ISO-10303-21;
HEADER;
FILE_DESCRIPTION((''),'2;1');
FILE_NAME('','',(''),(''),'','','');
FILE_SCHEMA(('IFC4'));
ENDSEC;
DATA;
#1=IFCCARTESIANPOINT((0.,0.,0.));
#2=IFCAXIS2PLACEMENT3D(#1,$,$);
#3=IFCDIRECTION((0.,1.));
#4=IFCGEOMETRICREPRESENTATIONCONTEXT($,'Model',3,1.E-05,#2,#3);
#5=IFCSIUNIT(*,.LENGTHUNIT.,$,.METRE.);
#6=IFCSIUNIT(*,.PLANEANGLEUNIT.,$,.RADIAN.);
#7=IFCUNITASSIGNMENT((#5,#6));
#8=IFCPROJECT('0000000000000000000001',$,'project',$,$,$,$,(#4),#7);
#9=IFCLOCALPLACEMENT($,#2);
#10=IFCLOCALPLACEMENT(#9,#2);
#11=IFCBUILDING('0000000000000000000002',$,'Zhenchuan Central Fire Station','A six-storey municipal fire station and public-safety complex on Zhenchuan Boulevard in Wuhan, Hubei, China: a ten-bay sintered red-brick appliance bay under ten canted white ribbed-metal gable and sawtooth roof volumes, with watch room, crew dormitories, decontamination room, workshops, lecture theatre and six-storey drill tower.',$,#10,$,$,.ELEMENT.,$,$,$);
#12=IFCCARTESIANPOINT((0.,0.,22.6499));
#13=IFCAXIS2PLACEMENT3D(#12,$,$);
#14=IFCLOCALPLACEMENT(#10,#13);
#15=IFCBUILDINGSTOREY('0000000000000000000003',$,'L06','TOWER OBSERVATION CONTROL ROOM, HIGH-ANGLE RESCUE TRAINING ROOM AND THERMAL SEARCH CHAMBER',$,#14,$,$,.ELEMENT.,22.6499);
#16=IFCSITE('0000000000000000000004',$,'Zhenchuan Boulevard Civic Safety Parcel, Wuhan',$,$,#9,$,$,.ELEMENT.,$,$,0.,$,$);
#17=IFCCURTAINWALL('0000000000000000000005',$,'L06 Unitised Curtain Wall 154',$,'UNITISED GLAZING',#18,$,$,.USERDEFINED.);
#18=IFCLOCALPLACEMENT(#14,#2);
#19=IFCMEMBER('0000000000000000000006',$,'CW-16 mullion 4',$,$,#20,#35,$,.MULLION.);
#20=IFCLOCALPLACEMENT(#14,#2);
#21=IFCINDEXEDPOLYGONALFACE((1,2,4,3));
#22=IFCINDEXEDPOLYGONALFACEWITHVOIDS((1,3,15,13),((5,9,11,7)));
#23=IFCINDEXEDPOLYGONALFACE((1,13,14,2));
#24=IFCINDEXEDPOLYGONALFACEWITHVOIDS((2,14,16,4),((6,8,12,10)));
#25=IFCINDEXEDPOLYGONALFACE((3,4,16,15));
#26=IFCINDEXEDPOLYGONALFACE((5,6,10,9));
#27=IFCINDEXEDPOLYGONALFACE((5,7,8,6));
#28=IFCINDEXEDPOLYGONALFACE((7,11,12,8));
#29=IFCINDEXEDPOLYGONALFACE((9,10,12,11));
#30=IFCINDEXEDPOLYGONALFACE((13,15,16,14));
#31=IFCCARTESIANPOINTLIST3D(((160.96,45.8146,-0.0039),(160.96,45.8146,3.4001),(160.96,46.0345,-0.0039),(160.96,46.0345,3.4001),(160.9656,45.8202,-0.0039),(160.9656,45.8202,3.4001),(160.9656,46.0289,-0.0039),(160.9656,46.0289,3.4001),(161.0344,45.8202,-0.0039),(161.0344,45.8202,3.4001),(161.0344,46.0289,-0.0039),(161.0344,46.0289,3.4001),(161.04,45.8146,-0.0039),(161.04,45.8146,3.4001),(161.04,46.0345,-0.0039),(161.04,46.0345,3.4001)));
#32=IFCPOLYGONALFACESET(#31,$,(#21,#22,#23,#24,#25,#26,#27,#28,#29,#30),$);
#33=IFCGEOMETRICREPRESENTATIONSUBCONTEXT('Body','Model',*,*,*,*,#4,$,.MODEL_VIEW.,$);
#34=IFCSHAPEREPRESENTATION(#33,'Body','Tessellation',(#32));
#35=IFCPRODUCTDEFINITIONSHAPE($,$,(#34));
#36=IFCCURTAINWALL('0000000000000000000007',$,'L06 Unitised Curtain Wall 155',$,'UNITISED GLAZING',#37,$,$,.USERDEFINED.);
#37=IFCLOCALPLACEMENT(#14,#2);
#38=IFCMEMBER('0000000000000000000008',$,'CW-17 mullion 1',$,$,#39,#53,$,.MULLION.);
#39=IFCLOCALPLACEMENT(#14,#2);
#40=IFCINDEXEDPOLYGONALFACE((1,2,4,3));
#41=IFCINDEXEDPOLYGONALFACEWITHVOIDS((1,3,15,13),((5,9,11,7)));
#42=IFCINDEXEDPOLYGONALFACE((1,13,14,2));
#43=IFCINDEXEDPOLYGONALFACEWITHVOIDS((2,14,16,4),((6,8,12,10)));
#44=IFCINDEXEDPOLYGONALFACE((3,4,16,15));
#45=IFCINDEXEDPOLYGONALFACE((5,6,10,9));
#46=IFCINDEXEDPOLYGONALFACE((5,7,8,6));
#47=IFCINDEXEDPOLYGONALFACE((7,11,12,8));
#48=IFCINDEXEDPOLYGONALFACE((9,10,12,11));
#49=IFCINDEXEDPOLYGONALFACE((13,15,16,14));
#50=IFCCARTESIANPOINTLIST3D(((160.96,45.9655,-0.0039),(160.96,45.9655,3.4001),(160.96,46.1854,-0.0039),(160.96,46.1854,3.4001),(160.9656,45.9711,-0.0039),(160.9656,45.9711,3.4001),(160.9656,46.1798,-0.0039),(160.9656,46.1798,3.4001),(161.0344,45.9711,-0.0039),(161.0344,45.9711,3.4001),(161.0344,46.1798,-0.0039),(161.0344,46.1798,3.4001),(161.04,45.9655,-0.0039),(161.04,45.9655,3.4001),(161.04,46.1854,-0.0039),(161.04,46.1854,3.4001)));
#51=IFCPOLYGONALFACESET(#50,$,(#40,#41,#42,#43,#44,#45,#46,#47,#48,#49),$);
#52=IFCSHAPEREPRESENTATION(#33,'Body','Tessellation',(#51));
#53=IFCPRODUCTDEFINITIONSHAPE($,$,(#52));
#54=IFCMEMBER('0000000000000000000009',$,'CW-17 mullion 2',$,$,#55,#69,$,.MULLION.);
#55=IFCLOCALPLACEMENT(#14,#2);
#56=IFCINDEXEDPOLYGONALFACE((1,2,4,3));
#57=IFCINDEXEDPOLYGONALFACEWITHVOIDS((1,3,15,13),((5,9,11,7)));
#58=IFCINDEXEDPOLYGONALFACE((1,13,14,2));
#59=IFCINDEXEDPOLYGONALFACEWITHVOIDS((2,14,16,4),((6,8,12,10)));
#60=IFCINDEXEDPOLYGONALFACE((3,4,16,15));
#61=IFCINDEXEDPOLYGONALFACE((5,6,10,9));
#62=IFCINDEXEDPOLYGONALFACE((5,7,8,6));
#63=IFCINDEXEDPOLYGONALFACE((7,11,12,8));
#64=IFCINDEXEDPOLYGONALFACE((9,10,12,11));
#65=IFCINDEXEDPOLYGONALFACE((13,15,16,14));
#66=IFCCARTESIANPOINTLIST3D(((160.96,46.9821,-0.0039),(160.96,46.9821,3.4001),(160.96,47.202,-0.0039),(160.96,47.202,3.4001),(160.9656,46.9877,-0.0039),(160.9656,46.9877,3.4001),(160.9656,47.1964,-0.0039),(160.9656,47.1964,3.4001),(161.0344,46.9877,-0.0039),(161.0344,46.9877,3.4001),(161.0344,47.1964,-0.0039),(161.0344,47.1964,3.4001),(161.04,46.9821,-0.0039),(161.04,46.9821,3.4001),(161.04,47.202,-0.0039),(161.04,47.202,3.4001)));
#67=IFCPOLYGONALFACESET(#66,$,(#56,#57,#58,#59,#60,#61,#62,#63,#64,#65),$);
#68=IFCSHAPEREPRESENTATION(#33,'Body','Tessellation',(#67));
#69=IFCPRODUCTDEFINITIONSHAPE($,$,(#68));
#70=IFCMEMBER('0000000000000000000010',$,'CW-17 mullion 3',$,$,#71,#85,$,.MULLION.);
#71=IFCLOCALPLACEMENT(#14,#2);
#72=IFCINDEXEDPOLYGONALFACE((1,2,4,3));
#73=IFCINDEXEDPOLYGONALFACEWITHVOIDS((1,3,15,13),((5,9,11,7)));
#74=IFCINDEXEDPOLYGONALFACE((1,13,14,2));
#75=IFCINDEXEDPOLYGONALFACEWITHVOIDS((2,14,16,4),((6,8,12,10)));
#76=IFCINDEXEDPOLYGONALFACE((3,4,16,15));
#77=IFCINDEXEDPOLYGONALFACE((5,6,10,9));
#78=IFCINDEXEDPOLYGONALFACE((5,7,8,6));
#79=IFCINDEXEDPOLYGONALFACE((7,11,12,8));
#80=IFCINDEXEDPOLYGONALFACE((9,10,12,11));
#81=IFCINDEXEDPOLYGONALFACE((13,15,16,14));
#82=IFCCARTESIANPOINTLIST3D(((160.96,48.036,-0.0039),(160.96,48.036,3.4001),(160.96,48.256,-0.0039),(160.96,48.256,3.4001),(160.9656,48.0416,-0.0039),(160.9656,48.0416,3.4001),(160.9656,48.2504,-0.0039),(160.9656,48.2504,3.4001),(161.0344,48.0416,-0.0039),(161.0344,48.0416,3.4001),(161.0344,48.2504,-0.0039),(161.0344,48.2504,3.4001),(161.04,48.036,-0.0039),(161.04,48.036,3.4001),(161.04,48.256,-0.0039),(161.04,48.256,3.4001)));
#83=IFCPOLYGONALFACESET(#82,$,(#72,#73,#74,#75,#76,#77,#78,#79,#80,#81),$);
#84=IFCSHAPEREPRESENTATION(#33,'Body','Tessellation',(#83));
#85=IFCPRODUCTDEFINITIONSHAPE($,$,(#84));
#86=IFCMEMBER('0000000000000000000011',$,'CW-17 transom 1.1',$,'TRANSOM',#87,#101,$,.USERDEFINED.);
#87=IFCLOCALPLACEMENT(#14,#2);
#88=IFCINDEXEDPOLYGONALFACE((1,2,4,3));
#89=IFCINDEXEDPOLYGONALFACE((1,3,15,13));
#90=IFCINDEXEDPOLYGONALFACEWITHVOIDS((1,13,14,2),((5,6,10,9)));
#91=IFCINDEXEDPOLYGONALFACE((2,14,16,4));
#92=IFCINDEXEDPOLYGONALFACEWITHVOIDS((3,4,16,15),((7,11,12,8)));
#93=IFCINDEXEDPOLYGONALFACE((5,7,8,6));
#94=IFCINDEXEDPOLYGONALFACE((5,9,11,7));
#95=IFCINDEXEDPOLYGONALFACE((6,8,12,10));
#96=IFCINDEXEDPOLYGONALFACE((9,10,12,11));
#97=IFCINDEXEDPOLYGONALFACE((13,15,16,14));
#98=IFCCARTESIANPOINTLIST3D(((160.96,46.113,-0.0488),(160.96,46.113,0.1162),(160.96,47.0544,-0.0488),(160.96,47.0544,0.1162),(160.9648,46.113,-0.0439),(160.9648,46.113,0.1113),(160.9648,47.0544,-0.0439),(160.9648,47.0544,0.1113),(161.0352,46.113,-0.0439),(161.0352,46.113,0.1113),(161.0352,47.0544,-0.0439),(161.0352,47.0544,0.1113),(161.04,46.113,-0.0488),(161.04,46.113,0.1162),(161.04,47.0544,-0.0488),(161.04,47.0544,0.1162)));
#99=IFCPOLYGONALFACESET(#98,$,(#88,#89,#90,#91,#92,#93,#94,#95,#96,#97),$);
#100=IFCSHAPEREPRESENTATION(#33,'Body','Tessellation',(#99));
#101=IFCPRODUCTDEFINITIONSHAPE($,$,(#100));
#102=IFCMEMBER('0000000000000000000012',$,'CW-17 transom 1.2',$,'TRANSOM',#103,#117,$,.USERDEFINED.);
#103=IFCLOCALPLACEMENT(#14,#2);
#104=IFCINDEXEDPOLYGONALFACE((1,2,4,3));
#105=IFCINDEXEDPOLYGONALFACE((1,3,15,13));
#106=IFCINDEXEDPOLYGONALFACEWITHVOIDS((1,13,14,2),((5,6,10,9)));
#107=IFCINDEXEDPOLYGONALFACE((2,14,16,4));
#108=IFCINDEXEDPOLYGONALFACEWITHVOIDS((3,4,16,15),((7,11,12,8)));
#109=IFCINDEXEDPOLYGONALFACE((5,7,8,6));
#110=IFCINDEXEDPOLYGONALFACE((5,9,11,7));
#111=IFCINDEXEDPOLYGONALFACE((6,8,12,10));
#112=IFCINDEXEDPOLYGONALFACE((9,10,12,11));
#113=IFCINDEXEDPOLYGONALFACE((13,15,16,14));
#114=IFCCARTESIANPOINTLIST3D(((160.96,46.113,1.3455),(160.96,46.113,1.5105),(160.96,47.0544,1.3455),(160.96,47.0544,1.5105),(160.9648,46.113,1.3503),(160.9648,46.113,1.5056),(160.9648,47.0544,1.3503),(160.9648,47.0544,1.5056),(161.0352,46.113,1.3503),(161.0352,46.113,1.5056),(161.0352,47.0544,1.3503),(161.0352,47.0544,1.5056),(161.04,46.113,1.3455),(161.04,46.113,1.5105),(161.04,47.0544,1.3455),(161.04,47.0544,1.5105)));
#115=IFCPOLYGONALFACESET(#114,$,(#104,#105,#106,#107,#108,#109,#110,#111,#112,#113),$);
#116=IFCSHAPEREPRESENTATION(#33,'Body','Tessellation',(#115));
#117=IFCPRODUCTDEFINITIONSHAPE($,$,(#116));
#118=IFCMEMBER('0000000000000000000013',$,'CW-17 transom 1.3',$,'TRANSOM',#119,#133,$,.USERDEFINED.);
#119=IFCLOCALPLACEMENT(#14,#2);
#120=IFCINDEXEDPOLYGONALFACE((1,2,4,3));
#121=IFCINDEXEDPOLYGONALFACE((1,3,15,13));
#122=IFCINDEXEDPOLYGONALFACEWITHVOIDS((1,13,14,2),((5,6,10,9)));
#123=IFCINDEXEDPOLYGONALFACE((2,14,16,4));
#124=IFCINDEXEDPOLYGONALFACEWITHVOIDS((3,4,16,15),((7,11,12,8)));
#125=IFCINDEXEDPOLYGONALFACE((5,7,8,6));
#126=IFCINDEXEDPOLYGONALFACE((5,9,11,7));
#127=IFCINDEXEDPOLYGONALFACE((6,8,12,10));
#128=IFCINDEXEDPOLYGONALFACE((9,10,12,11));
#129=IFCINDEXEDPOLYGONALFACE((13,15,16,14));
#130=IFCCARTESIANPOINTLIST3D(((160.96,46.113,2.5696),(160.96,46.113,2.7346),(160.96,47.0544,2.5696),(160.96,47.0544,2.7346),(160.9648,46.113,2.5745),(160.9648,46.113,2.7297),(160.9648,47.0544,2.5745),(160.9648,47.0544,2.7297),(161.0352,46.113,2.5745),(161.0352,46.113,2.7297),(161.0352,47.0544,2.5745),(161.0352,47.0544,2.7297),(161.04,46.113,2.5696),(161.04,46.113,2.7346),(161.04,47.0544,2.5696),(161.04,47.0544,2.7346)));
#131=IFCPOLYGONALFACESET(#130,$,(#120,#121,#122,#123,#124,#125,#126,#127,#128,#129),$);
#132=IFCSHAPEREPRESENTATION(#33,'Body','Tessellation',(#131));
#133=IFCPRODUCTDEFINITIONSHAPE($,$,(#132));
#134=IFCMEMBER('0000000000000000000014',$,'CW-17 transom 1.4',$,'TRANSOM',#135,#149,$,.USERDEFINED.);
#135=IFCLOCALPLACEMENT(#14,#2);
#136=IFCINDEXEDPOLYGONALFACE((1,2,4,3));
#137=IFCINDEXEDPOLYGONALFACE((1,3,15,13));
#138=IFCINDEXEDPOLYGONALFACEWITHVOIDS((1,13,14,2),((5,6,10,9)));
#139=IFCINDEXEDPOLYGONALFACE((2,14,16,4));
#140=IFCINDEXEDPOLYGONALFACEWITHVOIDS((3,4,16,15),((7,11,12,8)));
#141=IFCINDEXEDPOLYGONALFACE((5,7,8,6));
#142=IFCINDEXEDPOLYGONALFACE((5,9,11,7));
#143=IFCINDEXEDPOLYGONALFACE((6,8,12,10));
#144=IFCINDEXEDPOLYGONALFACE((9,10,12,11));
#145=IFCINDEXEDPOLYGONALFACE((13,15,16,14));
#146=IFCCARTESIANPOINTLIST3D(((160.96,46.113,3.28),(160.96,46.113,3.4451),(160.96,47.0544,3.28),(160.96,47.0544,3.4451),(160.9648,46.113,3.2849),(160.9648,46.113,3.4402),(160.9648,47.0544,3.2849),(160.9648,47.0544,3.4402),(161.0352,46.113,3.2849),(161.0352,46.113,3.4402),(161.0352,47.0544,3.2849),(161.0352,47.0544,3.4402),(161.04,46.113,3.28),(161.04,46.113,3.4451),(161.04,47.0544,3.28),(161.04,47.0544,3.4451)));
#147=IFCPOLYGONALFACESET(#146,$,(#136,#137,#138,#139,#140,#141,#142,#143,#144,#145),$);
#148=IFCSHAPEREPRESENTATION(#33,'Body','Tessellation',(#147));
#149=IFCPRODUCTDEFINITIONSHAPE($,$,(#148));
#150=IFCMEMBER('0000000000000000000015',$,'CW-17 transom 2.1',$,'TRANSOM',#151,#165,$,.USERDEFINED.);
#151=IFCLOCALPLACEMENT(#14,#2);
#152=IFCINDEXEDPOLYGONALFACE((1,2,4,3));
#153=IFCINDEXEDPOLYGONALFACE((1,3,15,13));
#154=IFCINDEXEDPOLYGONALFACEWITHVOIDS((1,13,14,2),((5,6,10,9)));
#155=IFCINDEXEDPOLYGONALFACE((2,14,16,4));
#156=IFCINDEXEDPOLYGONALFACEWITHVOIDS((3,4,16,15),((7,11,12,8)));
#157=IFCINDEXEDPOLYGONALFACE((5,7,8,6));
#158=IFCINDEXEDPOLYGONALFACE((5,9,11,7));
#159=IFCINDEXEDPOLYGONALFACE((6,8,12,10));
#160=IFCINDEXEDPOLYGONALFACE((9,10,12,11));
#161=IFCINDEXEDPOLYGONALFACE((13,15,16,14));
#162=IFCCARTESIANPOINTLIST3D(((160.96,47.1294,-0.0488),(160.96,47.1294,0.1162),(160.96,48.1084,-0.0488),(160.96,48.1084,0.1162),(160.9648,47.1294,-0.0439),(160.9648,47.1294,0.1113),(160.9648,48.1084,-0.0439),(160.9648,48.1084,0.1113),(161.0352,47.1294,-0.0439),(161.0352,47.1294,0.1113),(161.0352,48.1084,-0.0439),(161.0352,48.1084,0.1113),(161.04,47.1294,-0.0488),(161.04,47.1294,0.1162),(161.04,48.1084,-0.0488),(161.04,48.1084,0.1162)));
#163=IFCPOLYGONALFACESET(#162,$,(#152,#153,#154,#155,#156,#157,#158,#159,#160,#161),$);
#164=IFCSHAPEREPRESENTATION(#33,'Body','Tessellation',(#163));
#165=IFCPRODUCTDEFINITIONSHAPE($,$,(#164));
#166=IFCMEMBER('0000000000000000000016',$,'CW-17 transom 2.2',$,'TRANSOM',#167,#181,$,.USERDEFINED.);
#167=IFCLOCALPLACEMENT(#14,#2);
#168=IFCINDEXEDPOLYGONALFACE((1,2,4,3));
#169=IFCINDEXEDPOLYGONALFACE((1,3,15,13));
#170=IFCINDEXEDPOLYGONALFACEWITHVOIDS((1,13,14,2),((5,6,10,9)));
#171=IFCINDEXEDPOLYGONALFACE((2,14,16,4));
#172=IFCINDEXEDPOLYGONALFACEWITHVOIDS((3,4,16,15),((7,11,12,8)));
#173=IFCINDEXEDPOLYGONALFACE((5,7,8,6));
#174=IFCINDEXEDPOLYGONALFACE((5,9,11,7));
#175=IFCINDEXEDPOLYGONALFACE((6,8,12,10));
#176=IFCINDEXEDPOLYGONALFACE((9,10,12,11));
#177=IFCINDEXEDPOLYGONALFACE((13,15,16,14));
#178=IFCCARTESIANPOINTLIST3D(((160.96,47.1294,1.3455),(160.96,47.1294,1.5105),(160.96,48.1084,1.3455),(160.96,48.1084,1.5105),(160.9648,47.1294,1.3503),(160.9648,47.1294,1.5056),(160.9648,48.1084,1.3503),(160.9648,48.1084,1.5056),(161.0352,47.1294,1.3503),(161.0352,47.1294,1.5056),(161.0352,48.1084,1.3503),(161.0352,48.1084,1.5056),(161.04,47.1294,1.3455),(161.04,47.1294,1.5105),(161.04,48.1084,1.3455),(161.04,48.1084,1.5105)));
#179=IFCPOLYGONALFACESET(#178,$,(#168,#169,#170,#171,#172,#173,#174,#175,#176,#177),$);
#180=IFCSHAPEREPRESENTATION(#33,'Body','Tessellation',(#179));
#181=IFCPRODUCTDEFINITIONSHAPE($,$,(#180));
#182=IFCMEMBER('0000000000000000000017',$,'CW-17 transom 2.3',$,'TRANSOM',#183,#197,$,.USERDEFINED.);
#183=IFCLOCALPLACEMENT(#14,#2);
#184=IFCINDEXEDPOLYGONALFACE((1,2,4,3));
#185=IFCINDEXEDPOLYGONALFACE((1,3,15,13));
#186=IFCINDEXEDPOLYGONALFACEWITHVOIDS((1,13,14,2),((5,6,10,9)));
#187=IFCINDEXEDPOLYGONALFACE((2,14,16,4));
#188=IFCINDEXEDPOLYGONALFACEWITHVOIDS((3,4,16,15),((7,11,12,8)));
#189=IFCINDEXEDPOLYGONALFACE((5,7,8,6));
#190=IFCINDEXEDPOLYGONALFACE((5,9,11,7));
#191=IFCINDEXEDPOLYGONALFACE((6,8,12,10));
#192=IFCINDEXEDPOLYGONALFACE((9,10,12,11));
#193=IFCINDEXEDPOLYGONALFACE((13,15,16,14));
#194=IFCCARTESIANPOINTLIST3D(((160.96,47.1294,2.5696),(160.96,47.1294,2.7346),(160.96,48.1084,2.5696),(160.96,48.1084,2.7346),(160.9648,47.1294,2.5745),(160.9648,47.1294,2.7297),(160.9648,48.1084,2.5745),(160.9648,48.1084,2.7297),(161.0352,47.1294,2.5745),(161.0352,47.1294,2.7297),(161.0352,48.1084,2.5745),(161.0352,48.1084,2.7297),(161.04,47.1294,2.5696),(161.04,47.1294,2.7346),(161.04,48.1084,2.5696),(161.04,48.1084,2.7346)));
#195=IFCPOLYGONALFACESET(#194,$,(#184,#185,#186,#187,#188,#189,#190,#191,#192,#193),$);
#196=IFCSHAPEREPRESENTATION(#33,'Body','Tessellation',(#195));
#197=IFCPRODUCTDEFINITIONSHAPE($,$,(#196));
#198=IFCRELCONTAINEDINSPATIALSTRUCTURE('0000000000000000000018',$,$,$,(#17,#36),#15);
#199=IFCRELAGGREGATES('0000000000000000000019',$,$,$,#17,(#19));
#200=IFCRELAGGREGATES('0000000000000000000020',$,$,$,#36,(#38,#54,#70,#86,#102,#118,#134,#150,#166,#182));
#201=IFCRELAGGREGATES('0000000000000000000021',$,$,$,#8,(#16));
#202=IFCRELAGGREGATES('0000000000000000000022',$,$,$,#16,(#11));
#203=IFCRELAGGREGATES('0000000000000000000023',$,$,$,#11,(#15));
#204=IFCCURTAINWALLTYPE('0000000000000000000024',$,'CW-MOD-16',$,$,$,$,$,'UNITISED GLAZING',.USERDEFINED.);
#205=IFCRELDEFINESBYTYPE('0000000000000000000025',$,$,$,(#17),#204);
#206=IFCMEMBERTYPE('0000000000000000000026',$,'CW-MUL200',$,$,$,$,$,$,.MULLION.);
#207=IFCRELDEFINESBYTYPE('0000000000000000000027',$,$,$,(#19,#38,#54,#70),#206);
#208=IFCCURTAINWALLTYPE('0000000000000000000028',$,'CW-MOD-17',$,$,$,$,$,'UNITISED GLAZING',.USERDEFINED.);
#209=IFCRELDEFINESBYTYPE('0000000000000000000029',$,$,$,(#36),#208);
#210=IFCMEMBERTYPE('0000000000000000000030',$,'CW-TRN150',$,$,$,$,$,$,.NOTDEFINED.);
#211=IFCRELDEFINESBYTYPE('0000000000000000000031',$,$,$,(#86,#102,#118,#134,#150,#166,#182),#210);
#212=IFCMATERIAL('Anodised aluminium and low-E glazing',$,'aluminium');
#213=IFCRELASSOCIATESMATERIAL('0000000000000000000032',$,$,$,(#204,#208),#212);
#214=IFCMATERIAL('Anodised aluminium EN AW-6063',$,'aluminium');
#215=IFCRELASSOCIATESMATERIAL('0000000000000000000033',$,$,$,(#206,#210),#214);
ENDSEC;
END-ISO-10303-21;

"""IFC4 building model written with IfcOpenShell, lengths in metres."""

from ifc_helpers import new_model, si_unit, direction, frame, origin, origin_2d, place, context, subcontext, project, spatial, hollow_rectangle, extrude, material, material_profile, profile_set, type_object, element, aggregate, save


model = new_model("IFC4")

# Units and contexts
model_context = context("Model", 3, precision=1e-05, world=origin(), true_north=direction((0.0, 1.0)))
body_context = subcontext(model_context, "Body", "Model", "MODEL_VIEW")
ifc_project = project(units=[si_unit("LENGTHUNIT", "METRE"), si_unit("PLANEANGLEUNIT", "RADIAN")], contexts=[model_context])

# Site, building, storey
site_placement = place(None, origin())
site = spatial("IfcSite", under=ifc_project, at=site_placement, Name="Zhenchuan Boulevard Civic Safety Parcel, Wuhan", CompositionType="ELEMENT", RefElevation=0.0)
building_placement = place(site_placement, origin())
building = spatial("IfcBuilding", under=site, at=building_placement, Name="Zhenchuan Central Fire Station", Description="A six-storey municipal fire station and public-safety complex on Zhenchuan Boulevard in Wuhan, Hubei, China: a ten-bay sintered red-brick appliance bay under ten canted white ribbed-metal gable and sawtooth roof volumes, with watch room, crew dormitories, decontamination room, workshops, lecture theatre and six-storey drill tower.", CompositionType="ELEMENT")
storey_placement = place(building_placement, frame((0.0, 0.0, 22.6499)))
storey = spatial("IfcBuildingStorey", under=building, at=storey_placement, Name="L06", Description="TOWER OBSERVATION CONTROL ROOM, HIGH-ANGLE RESCUE TRAINING ROOM AND THERMAL SEARCH CHAMBER", CompositionType="ELEMENT", Elevation=22.6499)

# Curtain wall, member
ifc_material_1 = material(Name="Anodised aluminium and low-E glazing", Category="aluminium")
curtain_wall_type_1 = type_object("IfcCurtainWallType", Name="CW-MOD-16", ElementType="UNITISED GLAZING", PredefinedType="USERDEFINED", material=ifc_material_1)
curtain_wall_1_placement = place(storey_placement, origin())
curtain_wall_1 = element("IfcCurtainWall", 1, at=curtain_wall_1_placement, inside=storey, type_object=curtain_wall_type_1, Name="L06 Unitised Curtain Wall 154", ObjectType="UNITISED GLAZING", PredefinedType="USERDEFINED")
ifc_material_2 = material(Name="Anodised aluminium EN AW-6063", Category="aluminium")
ifc_material_profile_1 = material_profile(ifc_material_2, hollow_rectangle(XDim=0.0801, YDim=0.22, WallThickness=0.0056, at=origin_2d()), Name="ALU-M 220x80")
ifc_profile_set_1 = profile_set([ifc_material_profile_1], Name="Anodised aluminium EN AW-6063")
member_type_1 = type_object("IfcMemberType", Name="CW-MUL200", PredefinedType="MULLION", material=ifc_profile_set_1)
member_1_placement = place(storey_placement, frame((161.0, 45.9246, -0.0039), z_axis=(0.0, 0.0, 1.0), x_axis=(-1.0, 0.0, 0.0)))
member_1 = element("IfcMember", 2, at=member_1_placement, type_object=member_type_1, Name="CW-16 mullion 4", PredefinedType="MULLION", context=body_context, shape_type="SweptSolid", body=[
    extrude(hollow_rectangle(XDim=0.0801, YDim=0.22, WallThickness=0.0056, at=origin_2d()), origin(), (0.0, 0.0, 1.0), 3.4041),
])

# Curtain wall, members
curtain_wall_type_2 = type_object("IfcCurtainWallType", Name="CW-MOD-17", ElementType="UNITISED GLAZING", PredefinedType="USERDEFINED", material=ifc_material_1)
curtain_wall_2_placement = place(storey_placement, origin())
curtain_wall_2 = element("IfcCurtainWall", 3, at=curtain_wall_2_placement, inside=storey, type_object=curtain_wall_type_2, Name="L06 Unitised Curtain Wall 155", ObjectType="UNITISED GLAZING", PredefinedType="USERDEFINED")
member_2_placement = place(storey_placement, frame((161.0, 46.0754, -0.0039), z_axis=(0.0, 0.0, 1.0), x_axis=(-1.0, 0.0, 0.0)))
member_2 = element("IfcMember", 4, at=member_2_placement, type_object=member_type_1, Name="CW-17 mullion 1", PredefinedType="MULLION", context=body_context, shape_type="SweptSolid", body=[
    extrude(hollow_rectangle(XDim=0.0801, YDim=0.22, WallThickness=0.0056, at=origin_2d()), origin(), (0.0, 0.0, 1.0), 3.4041),
])
member_3_placement = place(storey_placement, frame((161.0, 47.092, -0.0039), z_axis=(0.0, 0.0, 1.0), x_axis=(-1.0, 0.0, 0.0)))
member_3 = element("IfcMember", 5, at=member_3_placement, type_object=member_type_1, Name="CW-17 mullion 2", PredefinedType="MULLION", context=body_context, shape_type="SweptSolid", body=[
    extrude(hollow_rectangle(XDim=0.0801, YDim=0.22, WallThickness=0.0056, at=origin_2d()), origin(), (0.0, 0.0, 1.0), 3.4041),
])
member_4_placement = place(storey_placement, frame((161.0, 48.146, -0.0039), z_axis=(0.0, 0.0, 1.0), x_axis=(-1.0, 0.0, 0.0)))
member_4 = element("IfcMember", 6, at=member_4_placement, type_object=member_type_1, Name="CW-17 mullion 3", PredefinedType="MULLION", context=body_context, shape_type="SweptSolid", body=[
    extrude(hollow_rectangle(XDim=0.0801, YDim=0.22, WallThickness=0.0056, at=origin_2d()), origin(), (0.0, 0.0, 1.0), 3.4041),
])
ifc_material_profile_2 = material_profile(ifc_material_2, hollow_rectangle(XDim=0.0801, YDim=0.165, WallThickness=0.0049, at=origin_2d()), Name="ALU-T 165x80")
ifc_profile_set_2 = profile_set([ifc_material_profile_2], Name="Anodised aluminium EN AW-6063")
member_type_2 = type_object("IfcMemberType", Name="CW-TRN150", PredefinedType="NOTDEFINED", material=ifc_profile_set_2)
member_5_placement = place(storey_placement, frame((161.0, 46.113, 0.0337), z_axis=(0.0, 1.0, 0.0), x_axis=(-1.0, 0.0, 0.0)))
member_5 = element("IfcMember", 7, at=member_5_placement, type_object=member_type_2, Name="CW-17 transom 1.1", ObjectType="TRANSOM", PredefinedType="USERDEFINED", context=body_context, shape_type="SweptSolid", body=[
    extrude(hollow_rectangle(XDim=0.0801, YDim=0.165, WallThickness=0.0049, at=origin_2d()), origin(), (0.0, 0.0, 1.0), 0.9414),
])
member_6_placement = place(storey_placement, frame((161.0, 46.113, 1.428), z_axis=(0.0, 1.0, 0.0), x_axis=(-1.0, 0.0, 0.0)))
member_6 = element("IfcMember", 8, at=member_6_placement, type_object=member_type_2, Name="CW-17 transom 1.2", ObjectType="TRANSOM", PredefinedType="USERDEFINED", context=body_context, shape_type="SweptSolid", body=[
    extrude(hollow_rectangle(XDim=0.0801, YDim=0.165, WallThickness=0.0049, at=origin_2d()), origin(), (0.0, 0.0, 1.0), 0.9414),
])
member_7_placement = place(storey_placement, frame((161.0, 46.113, 2.6521), z_axis=(0.0, 1.0, 0.0), x_axis=(-1.0, 0.0, 0.0)))
member_7 = element("IfcMember", 9, at=member_7_placement, type_object=member_type_2, Name="CW-17 transom 1.3", ObjectType="TRANSOM", PredefinedType="USERDEFINED", context=body_context, shape_type="SweptSolid", body=[
    extrude(hollow_rectangle(XDim=0.0801, YDim=0.165, WallThickness=0.0049, at=origin_2d()), origin(), (0.0, 0.0, 1.0), 0.9414),
])
member_8_placement = place(storey_placement, frame((161.0, 46.113, 3.3625), z_axis=(0.0, 1.0, 0.0), x_axis=(-1.0, 0.0, 0.0)))
member_8 = element("IfcMember", 10, at=member_8_placement, type_object=member_type_2, Name="CW-17 transom 1.4", ObjectType="TRANSOM", PredefinedType="USERDEFINED", context=body_context, shape_type="SweptSolid", body=[
    extrude(hollow_rectangle(XDim=0.0801, YDim=0.165, WallThickness=0.0049, at=origin_2d()), origin(), (0.0, 0.0, 1.0), 0.9414),
])
member_9_placement = place(storey_placement, frame((161.0, 47.1294, 0.0337), z_axis=(0.0, 1.0, 0.0), x_axis=(-1.0, 0.0, 0.0)))
member_9 = element("IfcMember", 11, at=member_9_placement, type_object=member_type_2, Name="CW-17 transom 2.1", ObjectType="TRANSOM", PredefinedType="USERDEFINED", context=body_context, shape_type="SweptSolid", body=[
    extrude(hollow_rectangle(XDim=0.0801, YDim=0.165, WallThickness=0.0049, at=origin_2d()), origin(), (0.0, 0.0, 1.0), 0.979),
])
member_10_placement = place(storey_placement, frame((161.0, 47.1294, 1.428), z_axis=(0.0, 1.0, 0.0), x_axis=(-1.0, 0.0, 0.0)))
member_10 = element("IfcMember", 12, at=member_10_placement, type_object=member_type_2, Name="CW-17 transom 2.2", ObjectType="TRANSOM", PredefinedType="USERDEFINED", context=body_context, shape_type="SweptSolid", body=[
    extrude(hollow_rectangle(XDim=0.0801, YDim=0.165, WallThickness=0.0049, at=origin_2d()), origin(), (0.0, 0.0, 1.0), 0.979),
])
member_11_placement = place(storey_placement, frame((161.0, 47.1294, 2.6521), z_axis=(0.0, 1.0, 0.0), x_axis=(-1.0, 0.0, 0.0)))
member_11 = element("IfcMember", 13, at=member_11_placement, type_object=member_type_2, Name="CW-17 transom 2.3", ObjectType="TRANSOM", PredefinedType="USERDEFINED", context=body_context, shape_type="SweptSolid", body=[
    extrude(hollow_rectangle(XDim=0.0801, YDim=0.165, WallThickness=0.0049, at=origin_2d()), origin(), (0.0, 0.0, 1.0), 0.979),
])

aggregate(curtain_wall_1, [member_1])
aggregate(curtain_wall_2, [member_2, member_3, member_4, member_5, member_6, member_7, member_8, member_9, member_10, member_11])

save(model, "model.ifc")
